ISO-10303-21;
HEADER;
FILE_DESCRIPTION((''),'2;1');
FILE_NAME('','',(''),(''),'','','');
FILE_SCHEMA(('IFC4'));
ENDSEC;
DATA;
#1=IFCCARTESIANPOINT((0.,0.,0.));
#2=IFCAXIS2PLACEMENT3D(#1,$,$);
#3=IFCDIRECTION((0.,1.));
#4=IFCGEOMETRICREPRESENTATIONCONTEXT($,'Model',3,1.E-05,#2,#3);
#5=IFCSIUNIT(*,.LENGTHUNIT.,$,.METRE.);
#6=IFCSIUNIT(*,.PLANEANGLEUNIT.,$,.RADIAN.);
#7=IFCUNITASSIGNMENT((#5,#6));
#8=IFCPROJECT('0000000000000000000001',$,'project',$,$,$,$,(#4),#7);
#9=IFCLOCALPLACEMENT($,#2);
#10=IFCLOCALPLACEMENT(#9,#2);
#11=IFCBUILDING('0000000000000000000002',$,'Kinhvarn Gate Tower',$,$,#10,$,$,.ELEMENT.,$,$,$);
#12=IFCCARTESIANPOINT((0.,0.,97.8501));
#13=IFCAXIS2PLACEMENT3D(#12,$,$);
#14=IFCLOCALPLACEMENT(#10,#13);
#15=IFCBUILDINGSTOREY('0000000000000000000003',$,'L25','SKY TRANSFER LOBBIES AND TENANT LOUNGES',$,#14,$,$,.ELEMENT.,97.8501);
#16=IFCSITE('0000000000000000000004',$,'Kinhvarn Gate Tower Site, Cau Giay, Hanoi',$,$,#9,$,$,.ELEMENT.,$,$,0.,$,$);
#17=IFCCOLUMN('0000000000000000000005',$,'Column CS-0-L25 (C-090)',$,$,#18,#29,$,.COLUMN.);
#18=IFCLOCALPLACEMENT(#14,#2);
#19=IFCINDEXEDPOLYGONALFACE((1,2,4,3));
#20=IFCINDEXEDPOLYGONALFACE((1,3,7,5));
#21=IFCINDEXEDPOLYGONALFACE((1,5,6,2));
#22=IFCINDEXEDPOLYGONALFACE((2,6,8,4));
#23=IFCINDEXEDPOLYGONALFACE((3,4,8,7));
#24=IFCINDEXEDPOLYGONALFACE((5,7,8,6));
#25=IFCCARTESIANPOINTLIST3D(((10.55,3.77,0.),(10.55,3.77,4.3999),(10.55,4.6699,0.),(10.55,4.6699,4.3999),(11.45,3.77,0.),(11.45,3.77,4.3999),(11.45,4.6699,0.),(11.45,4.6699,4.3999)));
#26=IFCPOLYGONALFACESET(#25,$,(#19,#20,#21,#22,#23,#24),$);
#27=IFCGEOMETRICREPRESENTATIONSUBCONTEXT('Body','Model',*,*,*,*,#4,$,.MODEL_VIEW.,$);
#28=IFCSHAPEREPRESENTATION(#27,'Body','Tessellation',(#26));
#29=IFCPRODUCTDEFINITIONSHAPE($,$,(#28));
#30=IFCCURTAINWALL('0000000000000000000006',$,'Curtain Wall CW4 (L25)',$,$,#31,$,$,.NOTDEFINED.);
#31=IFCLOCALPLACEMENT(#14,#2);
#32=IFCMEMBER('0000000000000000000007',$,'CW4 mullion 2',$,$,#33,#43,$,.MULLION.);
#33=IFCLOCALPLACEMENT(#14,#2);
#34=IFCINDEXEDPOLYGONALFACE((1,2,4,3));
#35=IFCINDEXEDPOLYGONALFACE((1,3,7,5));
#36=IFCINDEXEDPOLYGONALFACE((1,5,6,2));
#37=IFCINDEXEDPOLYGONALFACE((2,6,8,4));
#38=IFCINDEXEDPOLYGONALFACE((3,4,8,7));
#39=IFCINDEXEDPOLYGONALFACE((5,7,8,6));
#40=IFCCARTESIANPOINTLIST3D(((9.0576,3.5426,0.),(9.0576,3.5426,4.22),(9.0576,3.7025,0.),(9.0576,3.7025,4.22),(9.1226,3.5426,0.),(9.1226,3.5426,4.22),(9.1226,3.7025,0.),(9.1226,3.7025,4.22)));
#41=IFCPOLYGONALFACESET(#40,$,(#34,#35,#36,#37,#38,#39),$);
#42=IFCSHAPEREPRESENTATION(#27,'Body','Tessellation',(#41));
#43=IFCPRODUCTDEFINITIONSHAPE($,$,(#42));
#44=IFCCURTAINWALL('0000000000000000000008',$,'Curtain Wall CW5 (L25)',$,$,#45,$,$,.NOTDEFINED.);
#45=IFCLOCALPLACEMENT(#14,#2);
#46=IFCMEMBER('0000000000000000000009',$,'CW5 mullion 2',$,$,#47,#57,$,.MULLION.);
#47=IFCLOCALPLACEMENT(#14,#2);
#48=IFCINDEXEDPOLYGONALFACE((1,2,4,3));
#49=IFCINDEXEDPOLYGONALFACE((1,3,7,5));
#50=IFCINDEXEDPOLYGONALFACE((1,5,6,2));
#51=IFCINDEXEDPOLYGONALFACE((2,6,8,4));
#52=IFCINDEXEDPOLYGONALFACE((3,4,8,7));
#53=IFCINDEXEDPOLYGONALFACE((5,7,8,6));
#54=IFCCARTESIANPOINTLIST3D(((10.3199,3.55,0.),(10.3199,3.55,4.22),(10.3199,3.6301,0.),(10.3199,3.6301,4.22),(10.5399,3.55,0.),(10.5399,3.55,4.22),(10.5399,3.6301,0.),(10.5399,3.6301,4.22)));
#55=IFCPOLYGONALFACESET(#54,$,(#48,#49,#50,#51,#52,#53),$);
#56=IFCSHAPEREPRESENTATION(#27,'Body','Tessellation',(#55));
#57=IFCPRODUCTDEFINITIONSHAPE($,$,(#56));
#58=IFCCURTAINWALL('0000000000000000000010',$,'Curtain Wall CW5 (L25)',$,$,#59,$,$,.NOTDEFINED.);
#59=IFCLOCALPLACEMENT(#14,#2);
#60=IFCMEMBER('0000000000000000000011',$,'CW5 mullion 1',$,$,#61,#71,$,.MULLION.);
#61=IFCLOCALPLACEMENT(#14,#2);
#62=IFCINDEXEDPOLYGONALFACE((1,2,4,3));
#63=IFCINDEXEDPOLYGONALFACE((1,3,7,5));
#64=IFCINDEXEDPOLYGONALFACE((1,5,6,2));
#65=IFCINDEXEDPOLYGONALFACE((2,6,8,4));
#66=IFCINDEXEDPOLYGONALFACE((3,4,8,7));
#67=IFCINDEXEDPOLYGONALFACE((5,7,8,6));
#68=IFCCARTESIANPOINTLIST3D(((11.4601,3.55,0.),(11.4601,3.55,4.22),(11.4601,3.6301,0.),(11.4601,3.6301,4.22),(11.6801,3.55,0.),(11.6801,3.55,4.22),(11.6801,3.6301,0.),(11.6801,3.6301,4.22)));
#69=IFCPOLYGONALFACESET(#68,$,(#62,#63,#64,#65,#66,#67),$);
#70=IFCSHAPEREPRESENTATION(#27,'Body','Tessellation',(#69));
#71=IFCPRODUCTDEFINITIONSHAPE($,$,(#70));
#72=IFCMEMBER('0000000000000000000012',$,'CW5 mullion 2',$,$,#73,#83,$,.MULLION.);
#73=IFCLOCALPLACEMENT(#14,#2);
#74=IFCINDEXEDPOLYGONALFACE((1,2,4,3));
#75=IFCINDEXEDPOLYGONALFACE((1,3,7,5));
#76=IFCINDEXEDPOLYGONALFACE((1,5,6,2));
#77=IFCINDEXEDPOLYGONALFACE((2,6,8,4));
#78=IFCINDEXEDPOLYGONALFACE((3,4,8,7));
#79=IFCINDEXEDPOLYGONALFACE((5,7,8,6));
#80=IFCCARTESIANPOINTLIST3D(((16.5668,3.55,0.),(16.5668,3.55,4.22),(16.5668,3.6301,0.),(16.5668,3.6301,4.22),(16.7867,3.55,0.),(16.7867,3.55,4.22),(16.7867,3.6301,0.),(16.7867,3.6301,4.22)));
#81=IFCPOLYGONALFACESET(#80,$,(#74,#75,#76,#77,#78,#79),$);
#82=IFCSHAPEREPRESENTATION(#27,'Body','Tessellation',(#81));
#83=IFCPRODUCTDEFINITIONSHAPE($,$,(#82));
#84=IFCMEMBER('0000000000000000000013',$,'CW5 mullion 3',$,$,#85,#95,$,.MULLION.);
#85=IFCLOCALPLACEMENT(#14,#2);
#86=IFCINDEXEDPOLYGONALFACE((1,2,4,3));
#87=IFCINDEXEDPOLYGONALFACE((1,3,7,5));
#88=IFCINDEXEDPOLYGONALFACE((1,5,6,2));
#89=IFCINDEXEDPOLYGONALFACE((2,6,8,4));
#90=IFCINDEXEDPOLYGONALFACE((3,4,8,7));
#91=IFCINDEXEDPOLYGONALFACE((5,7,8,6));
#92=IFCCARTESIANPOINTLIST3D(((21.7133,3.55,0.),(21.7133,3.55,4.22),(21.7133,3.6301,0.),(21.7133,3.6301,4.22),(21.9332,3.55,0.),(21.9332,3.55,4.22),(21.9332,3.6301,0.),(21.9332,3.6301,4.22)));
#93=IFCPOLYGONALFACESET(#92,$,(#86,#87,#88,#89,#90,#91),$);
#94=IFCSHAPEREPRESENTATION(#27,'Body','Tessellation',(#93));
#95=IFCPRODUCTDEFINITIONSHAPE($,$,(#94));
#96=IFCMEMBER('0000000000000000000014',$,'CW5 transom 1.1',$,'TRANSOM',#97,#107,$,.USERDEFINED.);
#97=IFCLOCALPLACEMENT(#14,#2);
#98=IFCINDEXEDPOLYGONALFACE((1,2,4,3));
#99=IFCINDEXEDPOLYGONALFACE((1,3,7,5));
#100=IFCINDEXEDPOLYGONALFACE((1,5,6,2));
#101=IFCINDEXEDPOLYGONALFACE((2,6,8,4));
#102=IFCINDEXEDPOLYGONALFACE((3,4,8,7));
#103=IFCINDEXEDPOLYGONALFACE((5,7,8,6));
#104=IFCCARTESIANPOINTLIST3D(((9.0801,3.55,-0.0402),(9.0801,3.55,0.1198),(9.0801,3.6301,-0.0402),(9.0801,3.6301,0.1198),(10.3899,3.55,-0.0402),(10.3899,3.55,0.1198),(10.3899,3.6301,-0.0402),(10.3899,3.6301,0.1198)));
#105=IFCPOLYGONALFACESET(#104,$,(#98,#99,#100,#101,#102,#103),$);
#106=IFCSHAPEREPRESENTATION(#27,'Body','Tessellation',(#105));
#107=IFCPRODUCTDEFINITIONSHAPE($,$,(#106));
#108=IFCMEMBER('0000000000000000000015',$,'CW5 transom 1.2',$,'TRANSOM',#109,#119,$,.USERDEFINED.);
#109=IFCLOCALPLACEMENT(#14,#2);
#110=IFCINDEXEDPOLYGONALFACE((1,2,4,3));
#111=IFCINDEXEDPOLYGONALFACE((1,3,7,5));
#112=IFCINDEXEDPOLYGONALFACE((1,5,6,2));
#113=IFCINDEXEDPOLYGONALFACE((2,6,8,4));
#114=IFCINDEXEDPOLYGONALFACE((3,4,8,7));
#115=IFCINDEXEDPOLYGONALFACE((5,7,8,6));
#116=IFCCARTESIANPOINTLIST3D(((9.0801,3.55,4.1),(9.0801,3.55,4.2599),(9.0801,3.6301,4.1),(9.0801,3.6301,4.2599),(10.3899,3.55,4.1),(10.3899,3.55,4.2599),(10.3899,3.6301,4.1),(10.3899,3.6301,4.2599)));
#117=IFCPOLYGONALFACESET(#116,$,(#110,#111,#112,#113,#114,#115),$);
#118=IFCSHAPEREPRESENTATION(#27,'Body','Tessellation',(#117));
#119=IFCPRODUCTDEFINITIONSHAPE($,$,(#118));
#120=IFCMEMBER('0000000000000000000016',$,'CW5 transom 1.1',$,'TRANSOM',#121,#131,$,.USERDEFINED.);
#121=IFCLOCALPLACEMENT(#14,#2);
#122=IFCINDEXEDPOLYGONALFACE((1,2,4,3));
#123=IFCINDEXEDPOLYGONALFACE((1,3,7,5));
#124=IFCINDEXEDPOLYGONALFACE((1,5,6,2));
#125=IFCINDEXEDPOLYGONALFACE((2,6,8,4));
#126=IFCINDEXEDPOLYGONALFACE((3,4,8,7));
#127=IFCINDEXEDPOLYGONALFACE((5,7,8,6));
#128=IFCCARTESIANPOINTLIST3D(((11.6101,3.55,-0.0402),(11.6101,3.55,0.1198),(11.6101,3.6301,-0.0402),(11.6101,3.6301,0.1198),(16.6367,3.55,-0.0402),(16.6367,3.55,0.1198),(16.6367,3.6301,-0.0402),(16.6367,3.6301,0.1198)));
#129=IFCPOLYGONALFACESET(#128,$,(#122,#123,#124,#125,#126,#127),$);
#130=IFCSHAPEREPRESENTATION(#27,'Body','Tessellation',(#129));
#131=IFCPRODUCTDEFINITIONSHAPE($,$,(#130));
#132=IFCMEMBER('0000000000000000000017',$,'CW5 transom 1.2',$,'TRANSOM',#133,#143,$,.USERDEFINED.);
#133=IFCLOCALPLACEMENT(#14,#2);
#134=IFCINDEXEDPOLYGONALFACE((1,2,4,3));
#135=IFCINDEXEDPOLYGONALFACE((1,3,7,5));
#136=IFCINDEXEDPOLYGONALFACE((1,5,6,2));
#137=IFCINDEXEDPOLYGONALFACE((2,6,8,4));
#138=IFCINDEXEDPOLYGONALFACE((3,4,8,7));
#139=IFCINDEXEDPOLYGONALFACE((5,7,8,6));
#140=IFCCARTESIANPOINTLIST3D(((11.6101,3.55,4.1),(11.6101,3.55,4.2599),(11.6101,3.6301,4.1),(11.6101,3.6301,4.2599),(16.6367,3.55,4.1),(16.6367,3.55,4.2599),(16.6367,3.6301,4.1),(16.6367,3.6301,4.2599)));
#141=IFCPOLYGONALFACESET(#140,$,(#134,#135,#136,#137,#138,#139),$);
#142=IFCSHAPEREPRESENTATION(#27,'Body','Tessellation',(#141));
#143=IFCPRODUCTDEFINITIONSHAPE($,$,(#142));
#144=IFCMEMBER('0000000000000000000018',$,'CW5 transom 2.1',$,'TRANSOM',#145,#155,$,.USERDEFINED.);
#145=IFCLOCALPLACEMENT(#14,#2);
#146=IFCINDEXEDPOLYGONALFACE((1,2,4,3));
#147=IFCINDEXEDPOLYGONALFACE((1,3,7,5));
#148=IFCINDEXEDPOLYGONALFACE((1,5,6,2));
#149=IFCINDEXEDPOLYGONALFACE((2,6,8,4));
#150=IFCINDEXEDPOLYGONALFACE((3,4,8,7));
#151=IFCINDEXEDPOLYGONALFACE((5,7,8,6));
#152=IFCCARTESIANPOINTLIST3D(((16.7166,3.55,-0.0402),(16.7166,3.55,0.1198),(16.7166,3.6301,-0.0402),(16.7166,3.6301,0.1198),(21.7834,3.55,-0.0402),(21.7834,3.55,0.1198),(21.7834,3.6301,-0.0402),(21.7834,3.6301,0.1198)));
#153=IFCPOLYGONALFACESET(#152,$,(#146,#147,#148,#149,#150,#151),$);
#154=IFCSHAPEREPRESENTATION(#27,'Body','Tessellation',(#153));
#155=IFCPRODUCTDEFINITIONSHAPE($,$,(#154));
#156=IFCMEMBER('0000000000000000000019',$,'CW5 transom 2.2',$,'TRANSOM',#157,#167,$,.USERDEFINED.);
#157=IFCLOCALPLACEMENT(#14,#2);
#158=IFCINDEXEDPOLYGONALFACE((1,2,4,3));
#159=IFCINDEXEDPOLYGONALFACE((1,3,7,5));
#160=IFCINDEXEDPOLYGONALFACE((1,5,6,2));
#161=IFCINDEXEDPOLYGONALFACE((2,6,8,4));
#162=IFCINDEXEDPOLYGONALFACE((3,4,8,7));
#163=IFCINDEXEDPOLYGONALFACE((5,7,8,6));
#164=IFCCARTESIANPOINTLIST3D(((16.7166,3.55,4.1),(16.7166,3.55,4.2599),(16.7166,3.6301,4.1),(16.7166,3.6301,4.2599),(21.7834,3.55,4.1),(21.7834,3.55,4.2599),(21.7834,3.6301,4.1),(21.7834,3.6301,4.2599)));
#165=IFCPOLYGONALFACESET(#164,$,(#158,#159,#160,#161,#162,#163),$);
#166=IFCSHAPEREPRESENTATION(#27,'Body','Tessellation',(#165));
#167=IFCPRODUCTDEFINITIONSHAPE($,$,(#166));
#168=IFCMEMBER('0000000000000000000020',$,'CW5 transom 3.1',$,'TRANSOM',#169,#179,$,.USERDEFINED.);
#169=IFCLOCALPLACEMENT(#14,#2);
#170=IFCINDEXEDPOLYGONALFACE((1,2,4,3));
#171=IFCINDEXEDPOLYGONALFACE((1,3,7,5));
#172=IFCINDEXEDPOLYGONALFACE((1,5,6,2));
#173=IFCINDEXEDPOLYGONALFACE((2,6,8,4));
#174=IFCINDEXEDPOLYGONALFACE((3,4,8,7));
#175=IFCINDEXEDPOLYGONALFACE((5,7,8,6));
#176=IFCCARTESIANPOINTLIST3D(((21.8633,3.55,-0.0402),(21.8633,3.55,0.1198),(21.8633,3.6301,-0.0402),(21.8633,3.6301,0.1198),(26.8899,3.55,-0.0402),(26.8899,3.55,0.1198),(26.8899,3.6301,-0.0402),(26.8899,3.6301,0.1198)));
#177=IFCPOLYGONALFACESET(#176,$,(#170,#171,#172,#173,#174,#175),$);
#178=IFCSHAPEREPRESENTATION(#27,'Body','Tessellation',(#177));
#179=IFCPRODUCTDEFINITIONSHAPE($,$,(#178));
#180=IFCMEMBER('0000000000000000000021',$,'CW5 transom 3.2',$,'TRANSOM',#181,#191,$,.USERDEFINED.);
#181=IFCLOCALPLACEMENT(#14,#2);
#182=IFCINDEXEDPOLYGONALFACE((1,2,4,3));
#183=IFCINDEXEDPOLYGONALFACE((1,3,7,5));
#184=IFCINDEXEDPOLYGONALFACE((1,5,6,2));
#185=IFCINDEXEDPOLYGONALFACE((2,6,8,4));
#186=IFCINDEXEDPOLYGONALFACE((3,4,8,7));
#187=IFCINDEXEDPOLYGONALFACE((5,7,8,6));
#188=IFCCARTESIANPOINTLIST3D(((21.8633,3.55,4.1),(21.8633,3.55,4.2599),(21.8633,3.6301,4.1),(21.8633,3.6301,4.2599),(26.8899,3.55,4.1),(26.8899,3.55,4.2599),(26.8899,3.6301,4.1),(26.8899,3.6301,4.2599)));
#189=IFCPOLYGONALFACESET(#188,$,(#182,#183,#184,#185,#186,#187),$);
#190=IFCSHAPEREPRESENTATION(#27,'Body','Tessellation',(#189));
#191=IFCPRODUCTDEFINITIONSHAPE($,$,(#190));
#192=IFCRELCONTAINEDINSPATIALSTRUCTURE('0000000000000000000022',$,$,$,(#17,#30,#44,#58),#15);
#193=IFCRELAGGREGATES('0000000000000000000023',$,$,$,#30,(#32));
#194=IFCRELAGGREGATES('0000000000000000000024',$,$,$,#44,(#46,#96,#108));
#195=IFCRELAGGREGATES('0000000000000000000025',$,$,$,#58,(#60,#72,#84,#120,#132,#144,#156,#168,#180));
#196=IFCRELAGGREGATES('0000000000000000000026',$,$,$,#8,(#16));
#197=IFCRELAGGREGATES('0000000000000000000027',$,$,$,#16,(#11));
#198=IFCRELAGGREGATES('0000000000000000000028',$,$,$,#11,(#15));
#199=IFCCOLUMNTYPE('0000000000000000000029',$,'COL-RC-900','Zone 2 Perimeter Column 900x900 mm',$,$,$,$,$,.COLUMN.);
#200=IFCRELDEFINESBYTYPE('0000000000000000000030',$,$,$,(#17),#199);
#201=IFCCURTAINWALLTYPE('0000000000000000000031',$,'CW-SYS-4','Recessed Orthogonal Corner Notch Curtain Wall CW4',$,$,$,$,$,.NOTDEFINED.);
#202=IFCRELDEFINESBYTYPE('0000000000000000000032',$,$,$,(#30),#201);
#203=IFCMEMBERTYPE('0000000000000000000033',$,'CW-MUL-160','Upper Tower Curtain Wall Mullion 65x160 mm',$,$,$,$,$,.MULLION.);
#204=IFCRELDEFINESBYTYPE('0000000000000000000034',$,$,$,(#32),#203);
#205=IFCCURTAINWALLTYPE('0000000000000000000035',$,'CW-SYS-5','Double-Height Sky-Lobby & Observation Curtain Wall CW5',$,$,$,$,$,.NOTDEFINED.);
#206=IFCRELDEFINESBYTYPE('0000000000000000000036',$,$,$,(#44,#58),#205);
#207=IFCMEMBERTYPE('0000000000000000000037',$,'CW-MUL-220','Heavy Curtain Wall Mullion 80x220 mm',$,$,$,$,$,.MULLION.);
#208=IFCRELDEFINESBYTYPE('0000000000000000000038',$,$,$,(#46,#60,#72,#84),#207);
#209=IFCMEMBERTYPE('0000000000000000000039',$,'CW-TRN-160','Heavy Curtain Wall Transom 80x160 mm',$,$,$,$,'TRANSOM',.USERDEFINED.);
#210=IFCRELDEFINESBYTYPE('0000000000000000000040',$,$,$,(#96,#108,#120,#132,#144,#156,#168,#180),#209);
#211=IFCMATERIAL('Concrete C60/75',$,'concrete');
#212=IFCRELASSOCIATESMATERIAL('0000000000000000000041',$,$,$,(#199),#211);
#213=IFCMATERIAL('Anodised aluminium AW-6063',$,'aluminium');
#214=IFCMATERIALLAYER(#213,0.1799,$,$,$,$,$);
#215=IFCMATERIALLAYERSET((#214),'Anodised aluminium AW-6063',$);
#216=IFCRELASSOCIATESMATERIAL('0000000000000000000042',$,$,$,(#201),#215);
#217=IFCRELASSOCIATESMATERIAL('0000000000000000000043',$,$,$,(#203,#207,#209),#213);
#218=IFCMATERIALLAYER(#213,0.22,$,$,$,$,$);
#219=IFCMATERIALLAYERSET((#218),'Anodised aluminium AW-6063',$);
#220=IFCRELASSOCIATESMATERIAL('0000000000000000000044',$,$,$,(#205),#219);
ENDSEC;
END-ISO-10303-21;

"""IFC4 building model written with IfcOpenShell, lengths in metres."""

from ifc_helpers import new_model, si_unit, direction, frame, origin, origin_2d, place, context, subcontext, project, spatial, rectangle, extrude, material, layer, layer_set, material_profile, profile_set, type_object, element, aggregate, save


model = new_model("IFC4")

# Units and contexts
model_context = context("Model", 3, precision=1e-05, world=origin(), true_north=direction((0.0, 1.0)))
body_context = subcontext(model_context, "Body", "Model", "MODEL_VIEW")
ifc_project = project(units=[si_unit("LENGTHUNIT", "METRE"), si_unit("PLANEANGLEUNIT", "RADIAN")], contexts=[model_context])

# Site, building, storey
site_placement = place(None, origin())
site = spatial("IfcSite", under=ifc_project, at=site_placement, Name="Kinhvarn Gate Tower Site, Cau Giay, Hanoi", CompositionType="ELEMENT", RefElevation=0.0)
building_placement = place(site_placement, origin())
building = spatial("IfcBuilding", under=site, at=building_placement, Name="Kinhvarn Gate Tower", CompositionType="ELEMENT")
storey_placement = place(building_placement, frame((0.0, 0.0, 97.8501)))
storey = spatial("IfcBuildingStorey", under=building, at=storey_placement, Name="L25", Description="SKY TRANSFER LOBBIES AND TENANT LOUNGES", CompositionType="ELEMENT", Elevation=97.8501)

# Column
ifc_material_1 = material(Name="Concrete C60/75", Category="concrete")
ifc_material_profile_1 = material_profile(ifc_material_1, rectangle(XDim=0.8999, YDim=0.8999, at=origin_2d()), Name="RC 900x900")
ifc_profile_set_1 = profile_set([ifc_material_profile_1], Name="Concrete C60/75")
column_type = type_object("IfcColumnType", Name="COL-RC-900", Description="Zone 2 Perimeter Column 900x900 mm", PredefinedType="COLUMN", material=ifc_profile_set_1)
column_placement = place(storey_placement, frame((11.0, 4.22, 0.0), z_axis=(0.0, 0.0, 1.0), x_axis=(1.0, 0.0, 0.0)))
element("IfcColumn", 1, at=column_placement, inside=storey, type_object=column_type, Name="Column CS-0-L25 (C-090)", PredefinedType="COLUMN", context=body_context, shape_type="SweptSolid", body=[
    extrude(rectangle(XDim=0.8999, YDim=0.8999, at=origin_2d()), origin(), (0.0, 0.0, 1.0), 4.3999),
])

# Curtain walls, members
ifc_material_2 = material(Name="Anodised aluminium AW-6063", Category="aluminium")
ifc_layer_1 = layer(ifc_material_2, 0.1799)
ifc_layer_set_1 = layer_set([ifc_layer_1], Name="Anodised aluminium AW-6063")
curtain_wall_type_1 = type_object("IfcCurtainWallType", Name="CW-SYS-4", Description="Recessed Orthogonal Corner Notch Curtain Wall CW4", PredefinedType="NOTDEFINED", material=ifc_layer_set_1)
curtain_wall_1_placement = place(storey_placement, origin())
curtain_wall_1 = element("IfcCurtainWall", 2, at=curtain_wall_1_placement, inside=storey, type_object=curtain_wall_type_1, Name="Curtain Wall CW4 (L25)", PredefinedType="NOTDEFINED")
ifc_material_profile_2 = material_profile(ifc_material_2, rectangle(XDim=0.0649, YDim=0.1599, at=origin_2d()), Name="ALU 65x160")
ifc_profile_set_2 = profile_set([ifc_material_profile_2], Name="Anodised aluminium AW-6063")
member_type_1 = type_object("IfcMemberType", Name="CW-MUL-160", Description="Upper Tower Curtain Wall Mullion 65x160 mm", PredefinedType="MULLION", material=ifc_profile_set_2)
member_1_placement = place(storey_placement, frame((9.0901, 3.6226, 0.0), z_axis=(0.0, 0.0, 1.0), x_axis=(1.0, 0.0, 0.0)))
member_1 = element("IfcMember", 3, at=member_1_placement, type_object=member_type_1, Name="CW4 mullion 2", PredefinedType="MULLION", context=body_context, shape_type="SweptSolid", body=[
    extrude(rectangle(XDim=0.0649, YDim=0.1599, at=origin_2d()), origin(), (0.0, 0.0, 1.0), 4.22),
])
aggregate(curtain_wall_1, [member_1])
ifc_layer_2 = layer(ifc_material_2, 0.22)
ifc_layer_set_2 = layer_set([ifc_layer_2], Name="Anodised aluminium AW-6063")
curtain_wall_type_2 = type_object("IfcCurtainWallType", Name="CW-SYS-5", Description="Double-Height Sky-Lobby & Observation Curtain Wall CW5", PredefinedType="NOTDEFINED", material=ifc_layer_set_2)
curtain_wall_2_placement = place(storey_placement, origin())
curtain_wall_2 = element("IfcCurtainWall", 4, at=curtain_wall_2_placement, inside=storey, type_object=curtain_wall_type_2, Name="Curtain Wall CW5 (L25)", PredefinedType="NOTDEFINED")
ifc_material_profile_3 = material_profile(ifc_material_2, rectangle(XDim=0.0801, YDim=0.22, at=origin_2d()), Name="ALU 80x220")
ifc_profile_set_3 = profile_set([ifc_material_profile_3], Name="Anodised aluminium AW-6063")
member_type_2 = type_object("IfcMemberType", Name="CW-MUL-220", Description="Heavy Curtain Wall Mullion 80x220 mm", PredefinedType="MULLION", material=ifc_profile_set_3)
member_2_placement = place(storey_placement, frame((10.4299, 3.5901, 0.0), z_axis=(0.0, 0.0, 1.0), x_axis=(0.0, 1.0, 0.0)))
member_2 = element("IfcMember", 5, at=member_2_placement, type_object=member_type_2, Name="CW5 mullion 2", PredefinedType="MULLION", context=body_context, shape_type="SweptSolid", body=[
    extrude(rectangle(XDim=0.0801, YDim=0.22, at=origin_2d()), origin(), (0.0, 0.0, 1.0), 4.22),
])

# Curtain wall, members
curtain_wall_3_placement = place(storey_placement, origin())
curtain_wall_3 = element("IfcCurtainWall", 6, at=curtain_wall_3_placement, inside=storey, type_object=curtain_wall_type_2, Name="Curtain Wall CW5 (L25)", PredefinedType="NOTDEFINED")
member_3_placement = place(storey_placement, frame((11.5701, 3.5901, 0.0), z_axis=(0.0, 0.0, 1.0), x_axis=(0.0, 1.0, 0.0)))
member_3 = element("IfcMember", 7, at=member_3_placement, type_object=member_type_2, Name="CW5 mullion 1", PredefinedType="MULLION", context=body_context, shape_type="SweptSolid", body=[
    extrude(rectangle(XDim=0.0801, YDim=0.22, at=origin_2d()), origin(), (0.0, 0.0, 1.0), 4.22),
])
member_4_placement = place(storey_placement, frame((16.6768, 3.5901, 0.0), z_axis=(0.0, 0.0, 1.0), x_axis=(0.0, 1.0, 0.0)))
member_4 = element("IfcMember", 8, at=member_4_placement, type_object=member_type_2, Name="CW5 mullion 2", PredefinedType="MULLION", context=body_context, shape_type="SweptSolid", body=[
    extrude(rectangle(XDim=0.0801, YDim=0.22, at=origin_2d()), origin(), (0.0, 0.0, 1.0), 4.22),
])
member_5_placement = place(storey_placement, frame((21.8232, 3.5901, 0.0), z_axis=(0.0, 0.0, 1.0), x_axis=(0.0, 1.0, 0.0)))
member_5 = element("IfcMember", 9, at=member_5_placement, type_object=member_type_2, Name="CW5 mullion 3", PredefinedType="MULLION", context=body_context, shape_type="SweptSolid", body=[
    extrude(rectangle(XDim=0.0801, YDim=0.22, at=origin_2d()), origin(), (0.0, 0.0, 1.0), 4.22),
])

# Members
ifc_material_profile_4 = material_profile(ifc_material_2, rectangle(XDim=0.0801, YDim=0.1599, at=origin_2d()), Name="ALU 80x160")
ifc_profile_set_4 = profile_set([ifc_material_profile_4], Name="Anodised aluminium AW-6063")
member_type_3 = type_object("IfcMemberType", Name="CW-TRN-160", Description="Heavy Curtain Wall Transom 80x160 mm", ElementType="TRANSOM", PredefinedType="USERDEFINED", material=ifc_profile_set_4)
member_6_placement = place(storey_placement, frame((9.0801, 3.5901, 0.0398), z_axis=(1.0, 0.0, 0.0), x_axis=(0.0, 1.0, 0.0)))
member_6 = element("IfcMember", 10, at=member_6_placement, type_object=member_type_3, Name="CW5 transom 1.1", ObjectType="TRANSOM", PredefinedType="USERDEFINED", context=body_context, shape_type="SweptSolid", body=[
    extrude(rectangle(XDim=0.0801, YDim=0.1599, at=origin_2d()), origin(), (0.0, 0.0, 1.0), 1.3098),
])
member_7_placement = place(storey_placement, frame((9.0801, 3.5901, 4.1799), z_axis=(1.0, 0.0, 0.0), x_axis=(0.0, 1.0, 0.0)))
member_7 = element("IfcMember", 11, at=member_7_placement, type_object=member_type_3, Name="CW5 transom 1.2", ObjectType="TRANSOM", PredefinedType="USERDEFINED", context=body_context, shape_type="SweptSolid", body=[
    extrude(rectangle(XDim=0.0801, YDim=0.1599, at=origin_2d()), origin(), (0.0, 0.0, 1.0), 1.3098),
])
member_8_placement = place(storey_placement, frame((11.6101, 3.5901, 0.0398), z_axis=(1.0, 0.0, 0.0), x_axis=(0.0, 1.0, 0.0)))
member_8 = element("IfcMember", 12, at=member_8_placement, type_object=member_type_3, Name="CW5 transom 1.1", ObjectType="TRANSOM", PredefinedType="USERDEFINED", context=body_context, shape_type="SweptSolid", body=[
    extrude(rectangle(XDim=0.0801, YDim=0.1599, at=origin_2d()), origin(), (0.0, 0.0, 1.0), 5.0266),
])
member_9_placement = place(storey_placement, frame((11.6101, 3.5901, 4.1799), z_axis=(1.0, 0.0, 0.0), x_axis=(0.0, 1.0, 0.0)))
member_9 = element("IfcMember", 13, at=member_9_placement, type_object=member_type_3, Name="CW5 transom 1.2", ObjectType="TRANSOM", PredefinedType="USERDEFINED", context=body_context, shape_type="SweptSolid", body=[
    extrude(rectangle(XDim=0.0801, YDim=0.1599, at=origin_2d()), origin(), (0.0, 0.0, 1.0), 5.0266),
])
member_10_placement = place(storey_placement, frame((16.7166, 3.5901, 0.0398), z_axis=(1.0, 0.0, 0.0), x_axis=(0.0, 1.0, 0.0)))
member_10 = element("IfcMember", 14, at=member_10_placement, type_object=member_type_3, Name="CW5 transom 2.1", ObjectType="TRANSOM", PredefinedType="USERDEFINED", context=body_context, shape_type="SweptSolid", body=[
    extrude(rectangle(XDim=0.0801, YDim=0.1599, at=origin_2d()), origin(), (0.0, 0.0, 1.0), 5.0669),
])
member_11_placement = place(storey_placement, frame((16.7166, 3.5901, 4.1799), z_axis=(1.0, 0.0, 0.0), x_axis=(0.0, 1.0, 0.0)))
member_11 = element("IfcMember", 15, at=member_11_placement, type_object=member_type_3, Name="CW5 transom 2.2", ObjectType="TRANSOM", PredefinedType="USERDEFINED", context=body_context, shape_type="SweptSolid", body=[
    extrude(rectangle(XDim=0.0801, YDim=0.1599, at=origin_2d()), origin(), (0.0, 0.0, 1.0), 5.0669),
])
member_12_placement = place(storey_placement, frame((21.8633, 3.5901, 0.0398), z_axis=(1.0, 0.0, 0.0), x_axis=(0.0, 1.0, 0.0)))
member_12 = element("IfcMember", 16, at=member_12_placement, type_object=member_type_3, Name="CW5 transom 3.1", ObjectType="TRANSOM", PredefinedType="USERDEFINED", context=body_context, shape_type="SweptSolid", body=[
    extrude(rectangle(XDim=0.0801, YDim=0.1599, at=origin_2d()), origin(), (0.0, 0.0, 1.0), 5.0266),
])
member_13_placement = place(storey_placement, frame((21.8633, 3.5901, 4.1799), z_axis=(1.0, 0.0, 0.0), x_axis=(0.0, 1.0, 0.0)))
member_13 = element("IfcMember", 17, at=member_13_placement, type_object=member_type_3, Name="CW5 transom 3.2", ObjectType="TRANSOM", PredefinedType="USERDEFINED", context=body_context, shape_type="SweptSolid", body=[
    extrude(rectangle(XDim=0.0801, YDim=0.1599, at=origin_2d()), origin(), (0.0, 0.0, 1.0), 5.0266),
])

aggregate(curtain_wall_2, [member_2, member_6, member_7])
aggregate(curtain_wall_3, [member_3, member_4, member_5, member_8, member_9, member_10, member_11, member_12, member_13])

save(model, "model.ifc")
